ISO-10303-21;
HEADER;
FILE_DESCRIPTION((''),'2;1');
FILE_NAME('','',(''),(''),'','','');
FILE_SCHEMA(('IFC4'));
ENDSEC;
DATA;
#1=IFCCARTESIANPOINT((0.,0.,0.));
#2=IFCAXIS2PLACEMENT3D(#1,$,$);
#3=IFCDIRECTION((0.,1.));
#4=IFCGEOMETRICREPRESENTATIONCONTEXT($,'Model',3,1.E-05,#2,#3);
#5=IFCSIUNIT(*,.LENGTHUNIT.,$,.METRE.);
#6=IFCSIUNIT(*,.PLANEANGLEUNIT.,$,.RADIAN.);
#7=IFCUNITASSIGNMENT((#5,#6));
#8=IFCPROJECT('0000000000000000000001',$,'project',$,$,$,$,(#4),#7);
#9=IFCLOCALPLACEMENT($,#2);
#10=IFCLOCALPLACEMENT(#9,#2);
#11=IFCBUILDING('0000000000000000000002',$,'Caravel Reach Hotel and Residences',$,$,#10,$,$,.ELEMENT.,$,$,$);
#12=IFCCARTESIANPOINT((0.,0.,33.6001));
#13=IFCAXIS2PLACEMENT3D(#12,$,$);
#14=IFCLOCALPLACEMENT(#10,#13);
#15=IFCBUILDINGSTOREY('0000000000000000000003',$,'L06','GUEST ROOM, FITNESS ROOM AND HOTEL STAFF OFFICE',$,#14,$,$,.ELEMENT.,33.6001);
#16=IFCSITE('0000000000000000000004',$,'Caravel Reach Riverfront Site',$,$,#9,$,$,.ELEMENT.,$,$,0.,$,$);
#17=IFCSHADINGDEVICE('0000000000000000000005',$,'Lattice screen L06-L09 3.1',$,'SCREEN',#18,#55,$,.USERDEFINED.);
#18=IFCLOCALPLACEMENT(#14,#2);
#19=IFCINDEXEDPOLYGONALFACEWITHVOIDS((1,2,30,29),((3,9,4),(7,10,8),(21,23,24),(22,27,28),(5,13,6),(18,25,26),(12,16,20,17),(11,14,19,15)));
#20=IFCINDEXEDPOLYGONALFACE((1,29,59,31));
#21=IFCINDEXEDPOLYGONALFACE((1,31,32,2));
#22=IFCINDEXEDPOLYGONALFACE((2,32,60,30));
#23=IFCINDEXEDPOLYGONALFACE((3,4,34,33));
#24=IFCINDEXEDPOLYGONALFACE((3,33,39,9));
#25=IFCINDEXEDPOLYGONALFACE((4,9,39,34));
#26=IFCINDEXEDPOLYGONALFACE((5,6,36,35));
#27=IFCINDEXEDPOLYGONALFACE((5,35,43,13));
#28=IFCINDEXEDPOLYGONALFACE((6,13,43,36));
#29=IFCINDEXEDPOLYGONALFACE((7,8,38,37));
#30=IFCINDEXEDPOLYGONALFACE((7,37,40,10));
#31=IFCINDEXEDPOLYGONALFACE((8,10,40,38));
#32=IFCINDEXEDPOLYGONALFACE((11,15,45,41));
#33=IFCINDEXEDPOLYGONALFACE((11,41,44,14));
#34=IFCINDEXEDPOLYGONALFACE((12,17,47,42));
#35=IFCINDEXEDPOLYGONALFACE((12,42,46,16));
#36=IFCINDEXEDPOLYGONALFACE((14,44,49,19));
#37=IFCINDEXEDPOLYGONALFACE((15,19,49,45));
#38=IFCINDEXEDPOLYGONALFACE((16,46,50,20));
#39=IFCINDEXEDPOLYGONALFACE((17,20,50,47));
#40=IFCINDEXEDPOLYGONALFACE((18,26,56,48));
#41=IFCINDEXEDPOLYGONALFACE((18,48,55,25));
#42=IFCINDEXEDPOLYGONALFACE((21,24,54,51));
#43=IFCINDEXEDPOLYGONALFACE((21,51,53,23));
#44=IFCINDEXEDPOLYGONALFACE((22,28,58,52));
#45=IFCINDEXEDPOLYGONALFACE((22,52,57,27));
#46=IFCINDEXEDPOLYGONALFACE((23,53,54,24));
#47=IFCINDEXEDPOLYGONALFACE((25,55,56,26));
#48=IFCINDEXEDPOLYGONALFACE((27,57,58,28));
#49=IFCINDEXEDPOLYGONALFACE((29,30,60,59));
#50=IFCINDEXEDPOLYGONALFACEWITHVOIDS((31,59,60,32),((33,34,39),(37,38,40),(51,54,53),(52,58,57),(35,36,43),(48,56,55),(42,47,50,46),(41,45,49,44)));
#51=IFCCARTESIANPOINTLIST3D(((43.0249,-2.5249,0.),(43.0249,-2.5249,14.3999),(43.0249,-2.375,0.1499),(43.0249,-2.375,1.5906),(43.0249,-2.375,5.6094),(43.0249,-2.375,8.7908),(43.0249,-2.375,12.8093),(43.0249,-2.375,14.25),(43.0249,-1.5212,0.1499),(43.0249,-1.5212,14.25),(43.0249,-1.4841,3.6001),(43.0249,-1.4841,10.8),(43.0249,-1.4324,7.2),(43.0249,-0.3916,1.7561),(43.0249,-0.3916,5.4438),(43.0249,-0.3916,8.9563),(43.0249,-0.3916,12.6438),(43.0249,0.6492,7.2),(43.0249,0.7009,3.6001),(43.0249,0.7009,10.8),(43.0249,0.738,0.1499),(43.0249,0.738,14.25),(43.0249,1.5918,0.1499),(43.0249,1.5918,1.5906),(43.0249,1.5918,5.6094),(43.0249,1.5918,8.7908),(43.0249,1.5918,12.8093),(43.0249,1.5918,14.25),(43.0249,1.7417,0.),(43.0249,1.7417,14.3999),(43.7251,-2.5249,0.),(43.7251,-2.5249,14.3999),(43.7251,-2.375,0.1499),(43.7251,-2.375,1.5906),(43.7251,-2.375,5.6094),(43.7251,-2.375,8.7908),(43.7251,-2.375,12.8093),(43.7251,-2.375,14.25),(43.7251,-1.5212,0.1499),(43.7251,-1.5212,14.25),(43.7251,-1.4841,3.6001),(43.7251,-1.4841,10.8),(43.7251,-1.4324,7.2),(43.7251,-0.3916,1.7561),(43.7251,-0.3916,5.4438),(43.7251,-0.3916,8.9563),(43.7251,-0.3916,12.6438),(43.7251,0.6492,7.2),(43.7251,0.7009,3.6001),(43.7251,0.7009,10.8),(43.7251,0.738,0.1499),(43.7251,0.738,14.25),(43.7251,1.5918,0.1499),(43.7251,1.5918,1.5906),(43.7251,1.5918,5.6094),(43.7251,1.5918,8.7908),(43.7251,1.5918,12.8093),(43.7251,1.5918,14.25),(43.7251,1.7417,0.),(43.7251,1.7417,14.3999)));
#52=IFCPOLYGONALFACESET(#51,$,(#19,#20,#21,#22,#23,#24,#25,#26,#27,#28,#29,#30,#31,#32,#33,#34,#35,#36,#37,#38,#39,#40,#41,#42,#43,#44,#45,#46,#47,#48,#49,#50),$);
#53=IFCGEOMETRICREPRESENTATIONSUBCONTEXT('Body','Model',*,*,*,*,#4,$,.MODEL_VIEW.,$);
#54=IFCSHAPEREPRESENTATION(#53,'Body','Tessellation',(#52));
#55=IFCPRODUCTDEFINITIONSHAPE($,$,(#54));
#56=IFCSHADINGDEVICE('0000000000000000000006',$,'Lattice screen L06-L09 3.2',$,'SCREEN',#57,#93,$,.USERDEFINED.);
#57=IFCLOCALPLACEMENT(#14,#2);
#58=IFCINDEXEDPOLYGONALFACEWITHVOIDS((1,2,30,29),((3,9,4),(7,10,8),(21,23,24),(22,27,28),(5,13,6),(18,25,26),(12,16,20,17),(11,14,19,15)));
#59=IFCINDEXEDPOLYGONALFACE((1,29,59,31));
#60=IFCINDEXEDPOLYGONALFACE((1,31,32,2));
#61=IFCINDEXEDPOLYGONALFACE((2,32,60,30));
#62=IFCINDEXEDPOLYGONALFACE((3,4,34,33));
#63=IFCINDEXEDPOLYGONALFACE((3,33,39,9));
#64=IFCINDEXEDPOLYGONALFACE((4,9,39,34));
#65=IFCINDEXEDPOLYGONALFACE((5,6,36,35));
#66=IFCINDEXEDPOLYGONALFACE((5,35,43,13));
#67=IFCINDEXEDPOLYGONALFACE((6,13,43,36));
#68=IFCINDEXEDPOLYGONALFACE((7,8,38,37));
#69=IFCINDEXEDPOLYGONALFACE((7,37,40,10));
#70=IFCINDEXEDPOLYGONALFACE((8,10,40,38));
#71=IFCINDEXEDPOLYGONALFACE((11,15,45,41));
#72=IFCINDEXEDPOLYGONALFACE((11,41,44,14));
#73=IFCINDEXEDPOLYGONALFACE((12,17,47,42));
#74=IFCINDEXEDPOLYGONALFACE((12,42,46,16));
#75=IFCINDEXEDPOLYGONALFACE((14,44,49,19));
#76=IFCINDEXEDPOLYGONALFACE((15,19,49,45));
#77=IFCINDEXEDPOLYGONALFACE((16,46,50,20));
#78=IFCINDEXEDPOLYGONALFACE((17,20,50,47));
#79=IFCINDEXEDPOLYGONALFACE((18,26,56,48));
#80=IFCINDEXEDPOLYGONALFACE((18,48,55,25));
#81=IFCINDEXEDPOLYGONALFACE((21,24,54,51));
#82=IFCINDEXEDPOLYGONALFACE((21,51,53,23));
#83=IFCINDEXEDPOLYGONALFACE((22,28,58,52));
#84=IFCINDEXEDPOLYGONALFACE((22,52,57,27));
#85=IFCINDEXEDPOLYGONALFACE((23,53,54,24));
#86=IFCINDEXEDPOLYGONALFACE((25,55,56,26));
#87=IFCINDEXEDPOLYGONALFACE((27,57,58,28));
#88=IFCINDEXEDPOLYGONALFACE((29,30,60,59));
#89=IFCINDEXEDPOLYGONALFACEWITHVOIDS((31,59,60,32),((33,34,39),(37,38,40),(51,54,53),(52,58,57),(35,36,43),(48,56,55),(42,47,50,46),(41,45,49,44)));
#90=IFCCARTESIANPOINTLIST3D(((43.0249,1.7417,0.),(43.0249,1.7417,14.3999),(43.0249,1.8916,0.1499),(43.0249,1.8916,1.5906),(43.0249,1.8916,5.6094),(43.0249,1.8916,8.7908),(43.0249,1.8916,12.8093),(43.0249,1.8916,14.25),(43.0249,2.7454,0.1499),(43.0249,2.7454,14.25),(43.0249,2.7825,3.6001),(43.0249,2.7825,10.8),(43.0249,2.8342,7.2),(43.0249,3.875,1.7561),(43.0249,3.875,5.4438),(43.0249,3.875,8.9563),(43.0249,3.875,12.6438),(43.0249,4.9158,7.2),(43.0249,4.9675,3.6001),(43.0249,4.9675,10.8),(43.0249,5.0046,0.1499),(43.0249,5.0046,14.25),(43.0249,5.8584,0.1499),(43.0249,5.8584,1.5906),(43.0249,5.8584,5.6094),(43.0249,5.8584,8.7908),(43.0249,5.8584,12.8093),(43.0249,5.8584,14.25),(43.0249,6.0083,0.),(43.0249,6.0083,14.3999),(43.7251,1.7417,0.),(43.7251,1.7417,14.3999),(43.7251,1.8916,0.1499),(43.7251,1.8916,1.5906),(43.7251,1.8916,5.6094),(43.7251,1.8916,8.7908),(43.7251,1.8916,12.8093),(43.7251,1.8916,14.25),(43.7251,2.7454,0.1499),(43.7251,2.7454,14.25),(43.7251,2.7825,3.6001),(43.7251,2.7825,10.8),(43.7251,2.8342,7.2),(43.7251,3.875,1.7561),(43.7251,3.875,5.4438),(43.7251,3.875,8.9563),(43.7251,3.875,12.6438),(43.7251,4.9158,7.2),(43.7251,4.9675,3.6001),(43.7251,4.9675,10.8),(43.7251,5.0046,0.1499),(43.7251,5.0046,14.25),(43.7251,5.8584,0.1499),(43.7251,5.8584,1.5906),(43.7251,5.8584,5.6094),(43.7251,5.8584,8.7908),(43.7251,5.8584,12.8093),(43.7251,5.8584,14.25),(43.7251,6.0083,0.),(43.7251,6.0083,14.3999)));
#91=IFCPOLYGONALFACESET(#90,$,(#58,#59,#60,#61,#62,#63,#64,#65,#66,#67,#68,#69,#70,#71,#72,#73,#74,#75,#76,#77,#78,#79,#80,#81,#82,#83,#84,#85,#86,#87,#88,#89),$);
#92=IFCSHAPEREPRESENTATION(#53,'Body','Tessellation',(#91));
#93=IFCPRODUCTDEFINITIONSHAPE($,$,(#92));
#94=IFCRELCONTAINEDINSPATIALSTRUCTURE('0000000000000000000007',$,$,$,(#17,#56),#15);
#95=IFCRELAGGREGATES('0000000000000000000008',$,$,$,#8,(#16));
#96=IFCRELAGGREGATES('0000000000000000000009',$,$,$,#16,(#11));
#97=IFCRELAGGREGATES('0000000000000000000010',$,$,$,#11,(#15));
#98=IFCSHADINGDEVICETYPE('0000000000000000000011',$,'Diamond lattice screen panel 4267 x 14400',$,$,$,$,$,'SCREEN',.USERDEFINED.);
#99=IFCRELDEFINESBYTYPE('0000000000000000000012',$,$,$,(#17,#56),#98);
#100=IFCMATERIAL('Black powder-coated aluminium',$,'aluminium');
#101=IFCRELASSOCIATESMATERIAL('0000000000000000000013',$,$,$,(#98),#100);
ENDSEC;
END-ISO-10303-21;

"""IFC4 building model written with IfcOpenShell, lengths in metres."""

from ifc_helpers import new_model, si_unit, direction, frame, origin, place, context, subcontext, project, spatial, polyline, outline, extrude, material, type_object, element, save


model = new_model("IFC4")

# Units and contexts
model_context = context("Model", 3, precision=1e-05, world=origin(), true_north=direction((0.0, 1.0)))
body_context = subcontext(model_context, "Body", "Model", "MODEL_VIEW")
ifc_project = project(units=[si_unit("LENGTHUNIT", "METRE"), si_unit("PLANEANGLEUNIT", "RADIAN")], contexts=[model_context])

# Site, building, storey
site_placement = place(None, origin())
site = spatial("IfcSite", under=ifc_project, at=site_placement, Name="Caravel Reach Riverfront Site", CompositionType="ELEMENT", RefElevation=0.0)
building_placement = place(site_placement, origin())
building = spatial("IfcBuilding", under=site, at=building_placement, Name="Caravel Reach Hotel and Residences", CompositionType="ELEMENT")
storey_placement = place(building_placement, frame((0.0, 0.0, 33.6001)))
storey = spatial("IfcBuildingStorey", under=building, at=storey_placement, Name="L06", Description="GUEST ROOM, FITNESS ROOM AND HOTEL STAFF OFFICE", CompositionType="ELEMENT", Elevation=33.6001)

# Shading devices
ifc_material_1 = material(Name="Black powder-coated aluminium", Category="aluminium")
shading_device_type_1 = type_object("IfcShadingDeviceType", Name="Diamond lattice screen panel 4267 x 14400", ElementType="SCREEN", PredefinedType="USERDEFINED", material=ifc_material_1)
for number, where, z_axis, x_axis, name in (
    (1, (43.0249, -2.5249, 0.0), (1.0, 0.0, 0.0), (0.0, 1.0, 0.0), "Lattice screen L06-L09 3.1"),
    (2, (43.0249, 1.7417, 0.0), (1.0, 0.0, 0.0), (0.0, 1.0, 0.0), "Lattice screen L06-L09 3.2"),
):
    element("IfcShadingDevice", number, at=place(storey_placement, frame(where, z_axis=z_axis, x_axis=x_axis)), inside=storey, type_object=shading_device_type_1, Name=name, ObjectType="SCREEN", PredefinedType="USERDEFINED", context=body_context, shape_type="SweptSolid", body=[
        extrude(outline(polyline([(0.0, 0.0), (4.2666, 0.0), (4.2666, 14.3999), (0.0, 14.3999), (0.0, 0.0)]), holes=[polyline([(1.0037, 0.1499), (0.1499, 1.5906), (0.1499, 0.1499), (1.0037, 0.1499)]), polyline([(1.0925, 7.2), (0.1499, 8.7908), (0.1499, 5.6094), (1.0925, 7.2)]), polyline([(0.1499, 12.8093), (1.0037, 14.25), (0.1499, 14.25), (0.1499, 12.8093)]), polyline([(2.1333, 5.4438), (1.0408, 3.6001), (2.1333, 1.7561), (3.2258, 3.6001), (2.1333, 5.4438)]), polyline([(2.1333, 12.6438), (1.0408, 10.8), (2.1333, 8.9563), (3.2258, 10.8), (2.1333, 12.6438)]), polyline([(4.1167, 1.5906), (3.2629, 0.1499), (4.1167, 0.1499), (4.1167, 1.5906)]), polyline([(3.1741, 7.2), (4.1167, 5.6094), (4.1167, 8.7908), (3.1741, 7.2)]), polyline([(3.2629, 14.25), (4.1167, 12.8093), (4.1167, 14.25), (3.2629, 14.25)])]), origin(), (0.0, 0.0, 1.0), 0.7002),
    ])

save(model, "model.ifc")
